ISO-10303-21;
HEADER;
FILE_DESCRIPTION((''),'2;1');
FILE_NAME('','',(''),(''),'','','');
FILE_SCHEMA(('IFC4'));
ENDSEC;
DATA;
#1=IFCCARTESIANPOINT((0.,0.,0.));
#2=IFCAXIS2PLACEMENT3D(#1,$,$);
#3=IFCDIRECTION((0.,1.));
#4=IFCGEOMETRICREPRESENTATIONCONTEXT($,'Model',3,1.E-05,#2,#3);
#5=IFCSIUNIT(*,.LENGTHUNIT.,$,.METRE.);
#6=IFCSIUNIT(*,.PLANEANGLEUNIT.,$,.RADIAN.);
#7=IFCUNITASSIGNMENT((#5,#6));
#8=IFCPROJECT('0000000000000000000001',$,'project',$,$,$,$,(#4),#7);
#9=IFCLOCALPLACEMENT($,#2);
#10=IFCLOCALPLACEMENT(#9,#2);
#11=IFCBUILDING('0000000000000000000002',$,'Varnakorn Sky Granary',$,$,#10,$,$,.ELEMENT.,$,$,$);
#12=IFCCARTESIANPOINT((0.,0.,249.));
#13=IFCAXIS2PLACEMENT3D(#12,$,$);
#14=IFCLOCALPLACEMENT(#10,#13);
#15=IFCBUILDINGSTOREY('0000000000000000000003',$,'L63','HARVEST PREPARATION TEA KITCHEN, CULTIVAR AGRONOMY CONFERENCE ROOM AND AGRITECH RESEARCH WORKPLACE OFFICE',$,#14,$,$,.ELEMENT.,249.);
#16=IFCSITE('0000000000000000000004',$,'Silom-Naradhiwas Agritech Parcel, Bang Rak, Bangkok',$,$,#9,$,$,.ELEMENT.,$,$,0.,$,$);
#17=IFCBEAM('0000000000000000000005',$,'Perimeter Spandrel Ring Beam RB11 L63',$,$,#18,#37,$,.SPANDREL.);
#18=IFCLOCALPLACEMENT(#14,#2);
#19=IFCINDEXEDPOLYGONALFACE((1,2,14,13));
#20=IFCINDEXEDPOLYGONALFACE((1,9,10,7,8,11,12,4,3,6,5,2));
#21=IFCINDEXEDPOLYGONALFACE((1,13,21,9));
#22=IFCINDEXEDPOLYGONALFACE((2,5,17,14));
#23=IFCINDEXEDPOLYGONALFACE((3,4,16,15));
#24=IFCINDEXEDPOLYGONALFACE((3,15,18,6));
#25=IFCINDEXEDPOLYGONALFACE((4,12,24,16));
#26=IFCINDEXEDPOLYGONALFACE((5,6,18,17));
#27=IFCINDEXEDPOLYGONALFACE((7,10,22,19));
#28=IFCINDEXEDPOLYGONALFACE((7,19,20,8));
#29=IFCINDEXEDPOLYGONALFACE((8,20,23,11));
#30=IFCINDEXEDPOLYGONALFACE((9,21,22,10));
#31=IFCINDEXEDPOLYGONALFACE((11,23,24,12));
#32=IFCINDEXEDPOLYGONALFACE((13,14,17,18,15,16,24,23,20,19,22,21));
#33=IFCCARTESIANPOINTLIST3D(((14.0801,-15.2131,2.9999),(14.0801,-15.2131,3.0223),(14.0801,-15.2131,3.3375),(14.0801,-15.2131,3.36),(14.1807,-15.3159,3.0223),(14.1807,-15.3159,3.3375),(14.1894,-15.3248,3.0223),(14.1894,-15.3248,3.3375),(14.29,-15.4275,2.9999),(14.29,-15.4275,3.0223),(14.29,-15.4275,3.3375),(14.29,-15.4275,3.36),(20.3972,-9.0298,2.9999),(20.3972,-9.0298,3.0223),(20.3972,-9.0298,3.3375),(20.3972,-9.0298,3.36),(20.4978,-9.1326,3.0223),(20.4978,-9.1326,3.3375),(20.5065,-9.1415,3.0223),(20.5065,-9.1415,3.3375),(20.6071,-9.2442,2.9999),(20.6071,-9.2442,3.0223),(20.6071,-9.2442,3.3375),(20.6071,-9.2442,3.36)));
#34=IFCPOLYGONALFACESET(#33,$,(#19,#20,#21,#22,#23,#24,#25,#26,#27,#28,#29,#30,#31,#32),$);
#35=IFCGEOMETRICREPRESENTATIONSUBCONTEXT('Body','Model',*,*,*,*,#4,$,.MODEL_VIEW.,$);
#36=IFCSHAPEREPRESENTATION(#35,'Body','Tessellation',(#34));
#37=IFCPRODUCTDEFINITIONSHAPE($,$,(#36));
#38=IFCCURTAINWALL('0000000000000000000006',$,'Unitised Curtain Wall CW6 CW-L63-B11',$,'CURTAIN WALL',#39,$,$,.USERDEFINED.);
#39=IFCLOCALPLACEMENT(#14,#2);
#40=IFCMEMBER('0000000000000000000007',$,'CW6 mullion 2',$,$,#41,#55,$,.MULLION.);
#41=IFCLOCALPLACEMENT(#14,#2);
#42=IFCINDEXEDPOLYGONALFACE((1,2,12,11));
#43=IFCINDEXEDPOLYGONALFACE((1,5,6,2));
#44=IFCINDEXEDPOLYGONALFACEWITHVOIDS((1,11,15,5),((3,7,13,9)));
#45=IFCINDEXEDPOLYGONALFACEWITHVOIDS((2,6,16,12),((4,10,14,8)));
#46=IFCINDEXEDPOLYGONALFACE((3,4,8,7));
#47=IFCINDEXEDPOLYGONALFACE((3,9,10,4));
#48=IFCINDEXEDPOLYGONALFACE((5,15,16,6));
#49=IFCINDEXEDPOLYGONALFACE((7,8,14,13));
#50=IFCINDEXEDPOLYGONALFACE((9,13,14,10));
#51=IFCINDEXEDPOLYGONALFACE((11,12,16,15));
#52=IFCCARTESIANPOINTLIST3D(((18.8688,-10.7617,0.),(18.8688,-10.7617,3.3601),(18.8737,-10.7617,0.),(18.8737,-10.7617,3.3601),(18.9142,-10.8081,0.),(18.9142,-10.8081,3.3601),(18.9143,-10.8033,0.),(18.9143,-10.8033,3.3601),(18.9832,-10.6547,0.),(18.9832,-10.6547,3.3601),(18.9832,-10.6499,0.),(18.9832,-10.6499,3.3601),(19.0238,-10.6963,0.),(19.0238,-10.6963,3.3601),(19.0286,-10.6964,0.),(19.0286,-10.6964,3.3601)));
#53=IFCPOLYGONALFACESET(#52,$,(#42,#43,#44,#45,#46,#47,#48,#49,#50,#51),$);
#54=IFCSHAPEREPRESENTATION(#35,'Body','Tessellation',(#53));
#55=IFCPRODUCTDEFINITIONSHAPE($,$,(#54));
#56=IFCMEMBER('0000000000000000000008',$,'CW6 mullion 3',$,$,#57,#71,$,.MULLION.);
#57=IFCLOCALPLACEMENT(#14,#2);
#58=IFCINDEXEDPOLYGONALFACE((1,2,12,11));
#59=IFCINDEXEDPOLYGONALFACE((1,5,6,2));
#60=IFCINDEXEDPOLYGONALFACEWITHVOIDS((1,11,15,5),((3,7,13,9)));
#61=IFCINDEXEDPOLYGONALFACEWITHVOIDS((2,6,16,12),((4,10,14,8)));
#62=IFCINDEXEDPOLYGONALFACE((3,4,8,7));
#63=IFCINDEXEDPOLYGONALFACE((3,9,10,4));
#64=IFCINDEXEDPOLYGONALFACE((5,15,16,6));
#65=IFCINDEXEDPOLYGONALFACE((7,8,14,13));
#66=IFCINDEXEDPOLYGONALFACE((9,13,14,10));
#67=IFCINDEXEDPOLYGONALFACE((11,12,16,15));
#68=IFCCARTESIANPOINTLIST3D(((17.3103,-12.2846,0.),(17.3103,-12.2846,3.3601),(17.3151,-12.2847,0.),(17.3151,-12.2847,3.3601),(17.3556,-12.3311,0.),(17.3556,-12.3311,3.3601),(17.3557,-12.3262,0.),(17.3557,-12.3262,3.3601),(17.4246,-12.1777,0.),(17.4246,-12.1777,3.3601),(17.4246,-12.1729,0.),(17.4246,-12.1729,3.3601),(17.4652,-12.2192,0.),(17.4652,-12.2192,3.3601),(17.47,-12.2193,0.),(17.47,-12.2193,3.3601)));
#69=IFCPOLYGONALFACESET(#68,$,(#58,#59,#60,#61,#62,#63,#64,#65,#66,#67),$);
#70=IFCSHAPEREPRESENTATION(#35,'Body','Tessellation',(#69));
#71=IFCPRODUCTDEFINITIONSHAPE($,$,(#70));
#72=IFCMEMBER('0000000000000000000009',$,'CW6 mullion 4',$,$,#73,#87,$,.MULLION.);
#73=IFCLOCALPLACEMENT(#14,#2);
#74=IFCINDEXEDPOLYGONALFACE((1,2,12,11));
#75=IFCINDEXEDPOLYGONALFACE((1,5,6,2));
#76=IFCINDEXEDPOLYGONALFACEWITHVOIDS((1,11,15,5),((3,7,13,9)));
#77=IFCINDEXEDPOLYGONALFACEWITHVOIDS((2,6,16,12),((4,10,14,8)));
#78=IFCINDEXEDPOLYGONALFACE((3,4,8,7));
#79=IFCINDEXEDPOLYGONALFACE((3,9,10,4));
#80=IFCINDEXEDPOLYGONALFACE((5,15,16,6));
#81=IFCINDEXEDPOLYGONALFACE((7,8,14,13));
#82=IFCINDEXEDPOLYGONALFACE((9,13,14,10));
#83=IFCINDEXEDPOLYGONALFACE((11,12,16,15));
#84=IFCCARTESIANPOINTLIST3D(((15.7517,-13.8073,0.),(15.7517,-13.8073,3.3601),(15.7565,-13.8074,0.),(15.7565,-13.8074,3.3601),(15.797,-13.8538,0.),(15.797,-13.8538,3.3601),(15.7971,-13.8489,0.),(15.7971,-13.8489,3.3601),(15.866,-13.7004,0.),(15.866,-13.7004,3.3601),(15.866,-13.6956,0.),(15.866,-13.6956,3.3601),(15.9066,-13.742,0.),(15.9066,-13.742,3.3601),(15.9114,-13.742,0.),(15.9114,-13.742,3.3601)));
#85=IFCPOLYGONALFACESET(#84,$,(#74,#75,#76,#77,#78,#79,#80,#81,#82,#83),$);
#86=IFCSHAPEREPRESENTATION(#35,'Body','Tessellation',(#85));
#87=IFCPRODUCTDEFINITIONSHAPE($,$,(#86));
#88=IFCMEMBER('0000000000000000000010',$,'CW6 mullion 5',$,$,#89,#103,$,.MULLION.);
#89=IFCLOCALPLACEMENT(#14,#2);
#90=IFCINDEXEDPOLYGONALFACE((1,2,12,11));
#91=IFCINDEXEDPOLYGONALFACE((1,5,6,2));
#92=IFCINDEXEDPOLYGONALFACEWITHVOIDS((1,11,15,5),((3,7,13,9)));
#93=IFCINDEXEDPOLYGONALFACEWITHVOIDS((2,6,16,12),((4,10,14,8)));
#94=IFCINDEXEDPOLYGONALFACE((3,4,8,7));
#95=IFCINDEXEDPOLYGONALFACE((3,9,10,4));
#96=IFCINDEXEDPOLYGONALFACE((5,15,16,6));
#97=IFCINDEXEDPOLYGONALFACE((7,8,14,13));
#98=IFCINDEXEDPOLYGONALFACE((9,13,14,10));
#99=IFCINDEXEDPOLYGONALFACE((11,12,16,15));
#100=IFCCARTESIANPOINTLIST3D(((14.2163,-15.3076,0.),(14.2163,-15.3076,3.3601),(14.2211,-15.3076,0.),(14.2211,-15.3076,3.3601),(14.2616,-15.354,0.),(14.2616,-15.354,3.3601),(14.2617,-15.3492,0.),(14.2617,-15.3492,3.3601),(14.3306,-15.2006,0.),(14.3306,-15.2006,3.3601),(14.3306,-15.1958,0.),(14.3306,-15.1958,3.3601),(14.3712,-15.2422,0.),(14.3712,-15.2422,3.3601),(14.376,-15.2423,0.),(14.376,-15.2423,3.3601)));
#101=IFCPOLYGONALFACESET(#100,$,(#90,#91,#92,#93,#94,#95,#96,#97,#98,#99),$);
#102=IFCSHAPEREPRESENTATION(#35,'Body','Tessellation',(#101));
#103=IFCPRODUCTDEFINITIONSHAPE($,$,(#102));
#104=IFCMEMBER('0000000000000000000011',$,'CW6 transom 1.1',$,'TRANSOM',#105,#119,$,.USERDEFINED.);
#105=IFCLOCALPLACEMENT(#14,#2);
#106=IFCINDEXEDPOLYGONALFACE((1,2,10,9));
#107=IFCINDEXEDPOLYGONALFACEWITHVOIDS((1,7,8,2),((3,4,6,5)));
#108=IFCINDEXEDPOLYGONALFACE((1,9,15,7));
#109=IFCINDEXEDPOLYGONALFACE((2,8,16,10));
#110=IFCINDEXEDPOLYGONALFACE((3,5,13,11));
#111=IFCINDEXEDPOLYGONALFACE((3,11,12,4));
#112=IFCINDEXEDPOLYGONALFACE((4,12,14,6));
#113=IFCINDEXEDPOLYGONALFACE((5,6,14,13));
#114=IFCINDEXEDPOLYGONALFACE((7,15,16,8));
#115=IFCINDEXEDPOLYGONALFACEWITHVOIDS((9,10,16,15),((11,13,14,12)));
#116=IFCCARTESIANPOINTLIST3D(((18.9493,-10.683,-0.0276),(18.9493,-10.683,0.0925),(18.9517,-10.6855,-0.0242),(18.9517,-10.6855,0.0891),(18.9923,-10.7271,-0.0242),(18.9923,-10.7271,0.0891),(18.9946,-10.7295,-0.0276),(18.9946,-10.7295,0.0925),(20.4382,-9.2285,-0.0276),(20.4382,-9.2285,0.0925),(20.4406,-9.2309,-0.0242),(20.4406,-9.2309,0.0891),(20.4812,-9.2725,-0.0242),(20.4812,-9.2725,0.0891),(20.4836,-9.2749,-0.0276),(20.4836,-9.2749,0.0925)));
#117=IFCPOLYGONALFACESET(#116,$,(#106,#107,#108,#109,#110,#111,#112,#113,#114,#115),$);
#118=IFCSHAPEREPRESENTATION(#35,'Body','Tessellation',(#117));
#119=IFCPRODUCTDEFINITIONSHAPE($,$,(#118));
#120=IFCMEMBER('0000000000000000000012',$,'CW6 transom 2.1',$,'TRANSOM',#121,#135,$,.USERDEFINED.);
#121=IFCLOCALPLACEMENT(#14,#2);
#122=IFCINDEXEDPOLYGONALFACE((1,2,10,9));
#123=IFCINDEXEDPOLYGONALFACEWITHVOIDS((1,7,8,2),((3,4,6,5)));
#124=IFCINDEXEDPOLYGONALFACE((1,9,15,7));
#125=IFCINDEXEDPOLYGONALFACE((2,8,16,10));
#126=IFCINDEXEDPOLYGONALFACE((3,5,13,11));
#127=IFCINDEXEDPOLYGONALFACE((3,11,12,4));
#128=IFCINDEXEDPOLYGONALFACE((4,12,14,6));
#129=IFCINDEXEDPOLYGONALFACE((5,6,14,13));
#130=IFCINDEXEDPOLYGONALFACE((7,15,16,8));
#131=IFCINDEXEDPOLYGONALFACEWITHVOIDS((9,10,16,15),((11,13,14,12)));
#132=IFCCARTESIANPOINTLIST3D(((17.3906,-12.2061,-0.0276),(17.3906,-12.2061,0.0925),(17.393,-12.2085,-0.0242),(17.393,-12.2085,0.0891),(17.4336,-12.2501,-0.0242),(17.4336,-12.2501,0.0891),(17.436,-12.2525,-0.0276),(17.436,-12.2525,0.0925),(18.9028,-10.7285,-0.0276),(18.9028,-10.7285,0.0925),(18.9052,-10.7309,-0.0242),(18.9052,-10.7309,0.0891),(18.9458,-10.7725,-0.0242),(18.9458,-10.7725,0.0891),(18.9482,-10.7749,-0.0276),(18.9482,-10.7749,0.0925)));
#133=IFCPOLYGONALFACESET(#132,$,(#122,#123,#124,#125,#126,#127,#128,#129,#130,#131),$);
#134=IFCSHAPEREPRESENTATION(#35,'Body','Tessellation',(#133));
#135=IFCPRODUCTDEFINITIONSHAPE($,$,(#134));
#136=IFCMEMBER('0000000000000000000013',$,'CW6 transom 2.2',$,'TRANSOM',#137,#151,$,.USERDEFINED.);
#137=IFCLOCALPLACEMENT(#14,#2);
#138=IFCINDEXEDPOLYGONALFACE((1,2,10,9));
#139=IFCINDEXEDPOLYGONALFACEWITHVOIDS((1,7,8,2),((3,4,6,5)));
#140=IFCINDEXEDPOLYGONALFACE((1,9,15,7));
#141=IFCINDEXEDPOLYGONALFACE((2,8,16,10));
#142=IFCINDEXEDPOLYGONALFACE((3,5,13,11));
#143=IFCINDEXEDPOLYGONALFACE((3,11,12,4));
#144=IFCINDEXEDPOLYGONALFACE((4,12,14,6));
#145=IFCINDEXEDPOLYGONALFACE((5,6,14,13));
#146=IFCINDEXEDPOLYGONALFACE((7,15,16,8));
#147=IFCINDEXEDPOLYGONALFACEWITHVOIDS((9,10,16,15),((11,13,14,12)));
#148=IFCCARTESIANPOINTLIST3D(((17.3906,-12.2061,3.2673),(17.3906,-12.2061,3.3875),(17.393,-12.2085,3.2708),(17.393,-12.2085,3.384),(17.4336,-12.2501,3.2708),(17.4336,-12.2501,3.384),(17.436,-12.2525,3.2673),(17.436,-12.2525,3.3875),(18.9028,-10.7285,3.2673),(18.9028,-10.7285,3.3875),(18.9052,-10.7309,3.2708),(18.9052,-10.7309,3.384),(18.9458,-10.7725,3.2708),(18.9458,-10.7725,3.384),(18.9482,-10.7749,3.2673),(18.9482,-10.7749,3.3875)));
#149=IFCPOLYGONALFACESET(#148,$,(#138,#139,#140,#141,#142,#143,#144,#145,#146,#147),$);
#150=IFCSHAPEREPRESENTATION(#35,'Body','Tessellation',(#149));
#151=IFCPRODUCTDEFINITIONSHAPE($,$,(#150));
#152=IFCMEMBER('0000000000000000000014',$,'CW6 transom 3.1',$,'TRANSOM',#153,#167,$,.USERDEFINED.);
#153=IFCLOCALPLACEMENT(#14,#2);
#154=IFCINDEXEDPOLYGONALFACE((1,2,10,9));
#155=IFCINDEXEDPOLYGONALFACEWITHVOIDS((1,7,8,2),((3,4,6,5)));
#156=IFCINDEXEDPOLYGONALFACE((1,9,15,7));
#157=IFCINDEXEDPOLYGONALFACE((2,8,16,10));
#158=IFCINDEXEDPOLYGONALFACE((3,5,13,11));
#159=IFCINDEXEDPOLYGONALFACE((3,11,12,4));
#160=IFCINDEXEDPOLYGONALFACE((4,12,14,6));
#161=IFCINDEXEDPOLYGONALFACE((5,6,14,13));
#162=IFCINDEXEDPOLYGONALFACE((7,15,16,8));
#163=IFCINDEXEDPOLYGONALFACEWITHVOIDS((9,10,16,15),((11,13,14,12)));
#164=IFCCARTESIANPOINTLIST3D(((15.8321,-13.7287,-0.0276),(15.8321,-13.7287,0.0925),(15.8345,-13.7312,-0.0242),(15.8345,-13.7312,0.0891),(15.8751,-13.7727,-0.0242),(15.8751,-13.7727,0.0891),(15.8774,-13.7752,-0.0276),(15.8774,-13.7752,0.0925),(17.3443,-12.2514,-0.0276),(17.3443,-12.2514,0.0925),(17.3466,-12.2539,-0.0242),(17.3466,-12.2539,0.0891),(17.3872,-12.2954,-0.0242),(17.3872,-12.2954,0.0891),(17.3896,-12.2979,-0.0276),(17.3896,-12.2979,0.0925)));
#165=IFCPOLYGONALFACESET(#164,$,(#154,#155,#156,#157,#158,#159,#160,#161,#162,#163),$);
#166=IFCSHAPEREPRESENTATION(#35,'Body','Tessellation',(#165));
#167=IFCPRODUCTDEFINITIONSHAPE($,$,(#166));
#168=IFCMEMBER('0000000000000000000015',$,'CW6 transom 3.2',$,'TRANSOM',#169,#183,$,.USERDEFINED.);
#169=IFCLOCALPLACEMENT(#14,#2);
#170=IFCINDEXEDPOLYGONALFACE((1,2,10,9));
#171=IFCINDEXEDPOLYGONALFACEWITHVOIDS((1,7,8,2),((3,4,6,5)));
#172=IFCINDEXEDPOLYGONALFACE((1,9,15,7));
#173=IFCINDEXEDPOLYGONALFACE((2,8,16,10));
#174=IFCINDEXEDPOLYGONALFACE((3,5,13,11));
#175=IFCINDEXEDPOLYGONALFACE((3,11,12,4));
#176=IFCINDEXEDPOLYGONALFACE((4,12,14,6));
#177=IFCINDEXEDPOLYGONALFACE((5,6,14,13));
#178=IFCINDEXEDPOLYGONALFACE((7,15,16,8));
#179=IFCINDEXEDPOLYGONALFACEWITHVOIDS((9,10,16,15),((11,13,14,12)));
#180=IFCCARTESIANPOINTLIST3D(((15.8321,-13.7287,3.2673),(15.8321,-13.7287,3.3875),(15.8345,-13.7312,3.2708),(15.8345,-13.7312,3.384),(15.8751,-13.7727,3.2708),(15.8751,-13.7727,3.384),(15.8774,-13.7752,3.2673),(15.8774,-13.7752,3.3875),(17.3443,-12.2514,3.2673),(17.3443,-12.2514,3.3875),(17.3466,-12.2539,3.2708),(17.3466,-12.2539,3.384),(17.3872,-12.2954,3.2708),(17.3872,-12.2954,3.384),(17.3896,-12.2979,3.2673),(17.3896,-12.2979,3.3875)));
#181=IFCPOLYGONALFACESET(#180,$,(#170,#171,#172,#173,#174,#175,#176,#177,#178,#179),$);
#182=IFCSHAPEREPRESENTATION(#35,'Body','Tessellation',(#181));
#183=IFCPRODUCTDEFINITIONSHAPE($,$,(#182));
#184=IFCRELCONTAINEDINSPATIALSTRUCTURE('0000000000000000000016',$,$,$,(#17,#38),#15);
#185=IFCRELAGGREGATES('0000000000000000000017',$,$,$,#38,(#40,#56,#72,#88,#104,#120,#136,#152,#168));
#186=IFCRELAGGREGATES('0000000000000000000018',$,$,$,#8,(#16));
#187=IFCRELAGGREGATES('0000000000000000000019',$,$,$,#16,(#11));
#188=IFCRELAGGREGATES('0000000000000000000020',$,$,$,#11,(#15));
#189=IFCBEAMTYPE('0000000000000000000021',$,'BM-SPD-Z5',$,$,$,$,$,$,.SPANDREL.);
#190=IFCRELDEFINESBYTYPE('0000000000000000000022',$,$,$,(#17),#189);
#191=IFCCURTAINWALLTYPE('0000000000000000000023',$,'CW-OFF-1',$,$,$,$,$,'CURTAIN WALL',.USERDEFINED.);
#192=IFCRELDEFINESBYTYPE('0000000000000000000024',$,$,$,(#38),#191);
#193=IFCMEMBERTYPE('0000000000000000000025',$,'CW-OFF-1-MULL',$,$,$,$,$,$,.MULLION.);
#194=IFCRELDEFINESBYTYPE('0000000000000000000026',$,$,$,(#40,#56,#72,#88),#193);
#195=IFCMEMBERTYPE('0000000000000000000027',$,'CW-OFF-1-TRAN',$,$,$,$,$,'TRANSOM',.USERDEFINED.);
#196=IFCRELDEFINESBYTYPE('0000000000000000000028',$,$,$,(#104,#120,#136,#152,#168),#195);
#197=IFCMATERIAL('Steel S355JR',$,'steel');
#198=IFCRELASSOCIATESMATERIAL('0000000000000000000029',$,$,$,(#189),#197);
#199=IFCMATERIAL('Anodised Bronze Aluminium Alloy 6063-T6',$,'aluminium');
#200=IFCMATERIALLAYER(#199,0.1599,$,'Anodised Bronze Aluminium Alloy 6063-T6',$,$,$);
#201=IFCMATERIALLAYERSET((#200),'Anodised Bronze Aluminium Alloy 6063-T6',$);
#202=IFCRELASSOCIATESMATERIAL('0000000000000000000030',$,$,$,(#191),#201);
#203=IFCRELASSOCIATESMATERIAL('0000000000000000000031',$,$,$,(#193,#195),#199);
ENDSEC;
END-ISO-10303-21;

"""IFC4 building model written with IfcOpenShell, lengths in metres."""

from ifc_helpers import new_model, si_unit, direction, frame, origin, origin_2d, place, context, subcontext, project, spatial, hollow_rectangle, i_section, extrude, material, layer, layer_set, material_profile, profile_set, type_object, element, aggregate, save


model = new_model("IFC4")

# Units and contexts
model_context = context("Model", 3, precision=1e-05, world=origin(), true_north=direction((0.0, 1.0)))
body_context = subcontext(model_context, "Body", "Model", "MODEL_VIEW")
ifc_project = project(units=[si_unit("LENGTHUNIT", "METRE"), si_unit("PLANEANGLEUNIT", "RADIAN")], contexts=[model_context])

# Site, building, storey
site_placement = place(None, origin())
site = spatial("IfcSite", under=ifc_project, at=site_placement, Name="Silom-Naradhiwas Agritech Parcel, Bang Rak, Bangkok", CompositionType="ELEMENT", RefElevation=0.0)
building_placement = place(site_placement, origin())
building = spatial("IfcBuilding", under=site, at=building_placement, Name="Varnakorn Sky Granary", CompositionType="ELEMENT")
storey_placement = place(building_placement, frame((0.0, 0.0, 249.0)))
storey = spatial("IfcBuildingStorey", under=building, at=storey_placement, Name="L63", Description="HARVEST PREPARATION TEA KITCHEN, CULTIVAR AGRONOMY CONFERENCE ROOM AND AGRITECH RESEARCH WORKPLACE OFFICE", CompositionType="ELEMENT", Elevation=249.0)

# Beam
ifc_material_1 = material(Name="Steel S355JR", Category="steel")
ifc_material_profile_1 = material_profile(ifc_material_1, i_section(OverallWidth=0.3, OverallDepth=0.3601, WebThickness=0.0125, FlangeThickness=0.0225, at=origin_2d()), Name="HE 360 B")
ifc_profile_set_1 = profile_set([ifc_material_profile_1], Name="Steel S355JR")
beam_type = type_object("IfcBeamType", Name="BM-SPD-Z5", PredefinedType="SPANDREL", material=ifc_profile_set_1)
beam_placement = place(storey_placement, frame((14.1851, -15.3203, 3.1799), z_axis=(0.714634, 0.699499, 0.0), x_axis=(-0.699499, 0.714634, 0.0)))
element("IfcBeam", 1, at=beam_placement, inside=storey, type_object=beam_type, Name="Perimeter Spandrel Ring Beam RB11 L63", PredefinedType="SPANDREL", context=body_context, shape_type="SweptSolid", body=[
    extrude(i_section(OverallWidth=0.3, OverallDepth=0.3601, WebThickness=0.0125, FlangeThickness=0.0225, at=origin_2d()), origin(), (0.0, 0.0, 1.0), 8.8396),
])

# Curtain wall, members
ifc_material_2 = material(Name="Anodised Bronze Aluminium Alloy 6063-T6", Category="aluminium")
ifc_layer_1 = layer(ifc_material_2, 0.1599, Name="Anodised Bronze Aluminium Alloy 6063-T6")
ifc_layer_set_1 = layer_set([ifc_layer_1], Name="Anodised Bronze Aluminium Alloy 6063-T6")
curtain_wall_type = type_object("IfcCurtainWallType", Name="CW-OFF-1", ElementType="CURTAIN WALL", PredefinedType="USERDEFINED", material=ifc_layer_set_1)
curtain_wall_placement = place(storey_placement, origin())
curtain_wall = element("IfcCurtainWall", 2, at=curtain_wall_placement, inside=storey, type_object=curtain_wall_type, Name="Unitised Curtain Wall CW6 CW-L63-B11", ObjectType="CURTAIN WALL", PredefinedType="USERDEFINED")
ifc_material_profile_2 = material_profile(ifc_material_2, hollow_rectangle(XDim=0.0649, YDim=0.1599, WallThickness=0.0034, at=origin_2d()), Name="ALU MULL 65x160")
ifc_profile_set_2 = profile_set([ifc_material_profile_2], Name="Anodised Bronze Aluminium Alloy 6063-T6")
member_type_1 = type_object("IfcMemberType", Name="CW-OFF-1-MULL", PredefinedType="MULLION", material=ifc_profile_set_2)
member_1_placement = place(storey_placement, frame((18.9487, -10.729, 0.0), z_axis=(0.0, 0.0, 1.0), x_axis=(0.698833, -0.715285, 0.0)))
member_1 = element("IfcMember", 3, at=member_1_placement, type_object=member_type_1, Name="CW6 mullion 2", PredefinedType="MULLION", context=body_context, shape_type="SweptSolid", body=[
    extrude(hollow_rectangle(XDim=0.0649, YDim=0.1599, WallThickness=0.0034, at=origin_2d()), origin(), (0.0, 0.0, 1.0), 3.3601),
])
member_2_placement = place(storey_placement, frame((17.3901, -12.252, 0.0), z_axis=(0.0, 0.0, 1.0), x_axis=(0.698833, -0.715285, 0.0)))
member_2 = element("IfcMember", 4, at=member_2_placement, type_object=member_type_1, Name="CW6 mullion 3", PredefinedType="MULLION", context=body_context, shape_type="SweptSolid", body=[
    extrude(hollow_rectangle(XDim=0.0649, YDim=0.1599, WallThickness=0.0034, at=origin_2d()), origin(), (0.0, 0.0, 1.0), 3.3601),
])
member_3_placement = place(storey_placement, frame((15.8315, -13.7747, 0.0), z_axis=(0.0, 0.0, 1.0), x_axis=(0.698833, -0.715285, 0.0)))
member_3 = element("IfcMember", 5, at=member_3_placement, type_object=member_type_1, Name="CW6 mullion 4", PredefinedType="MULLION", context=body_context, shape_type="SweptSolid", body=[
    extrude(hollow_rectangle(XDim=0.0649, YDim=0.1599, WallThickness=0.0034, at=origin_2d()), origin(), (0.0, 0.0, 1.0), 3.3601),
])
member_4_placement = place(storey_placement, frame((14.2961, -15.2749, 0.0), z_axis=(0.0, 0.0, 1.0), x_axis=(0.698833, -0.715285, 0.0)))
member_4 = element("IfcMember", 6, at=member_4_placement, type_object=member_type_1, Name="CW6 mullion 5", PredefinedType="MULLION", context=body_context, shape_type="SweptSolid", body=[
    extrude(hollow_rectangle(XDim=0.0649, YDim=0.1599, WallThickness=0.0034, at=origin_2d()), origin(), (0.0, 0.0, 1.0), 3.3601),
])
ifc_material_profile_3 = material_profile(ifc_material_2, hollow_rectangle(XDim=0.0649, YDim=0.1201, WallThickness=0.0034, at=origin_2d()), Name="ALU TRAN 65x120")
ifc_profile_set_3 = profile_set([ifc_material_profile_3], Name="Anodised Bronze Aluminium Alloy 6063-T6")
member_type_2 = type_object("IfcMemberType", Name="CW-OFF-1-TRAN", ElementType="TRANSOM", PredefinedType="USERDEFINED", material=ifc_profile_set_3)
member_5_placement = place(storey_placement, frame((20.4609, -9.2517, 0.0325), z_axis=(-0.715327, -0.69879, 0.0), x_axis=(0.69879, -0.715327, 0.0)))
member_5 = element("IfcMember", 7, at=member_5_placement, type_object=member_type_2, Name="CW6 transom 1.1", ObjectType="TRANSOM", PredefinedType="USERDEFINED", context=body_context, shape_type="SweptSolid", body=[
    extrude(hollow_rectangle(XDim=0.0649, YDim=0.1201, WallThickness=0.0034, at=origin_2d()), origin(), (0.0, 0.0, 1.0), 2.0815),
])
member_6_placement = place(storey_placement, frame((18.9255, -10.7517, 0.0325), z_axis=(-0.715258, -0.69886, 0.0), x_axis=(0.69886, -0.715258, 0.0)))
member_6 = element("IfcMember", 8, at=member_6_placement, type_object=member_type_2, Name="CW6 transom 2.1", ObjectType="TRANSOM", PredefinedType="USERDEFINED", context=body_context, shape_type="SweptSolid", body=[
    extrude(hollow_rectangle(XDim=0.0649, YDim=0.1201, WallThickness=0.0034, at=origin_2d()), origin(), (0.0, 0.0, 1.0), 2.1143),
])
member_7_placement = place(storey_placement, frame((18.9255, -10.7517, 3.3274), z_axis=(-0.715258, -0.69886, 0.0), x_axis=(0.69886, -0.715258, 0.0)))
member_7 = element("IfcMember", 9, at=member_7_placement, type_object=member_type_2, Name="CW6 transom 2.2", ObjectType="TRANSOM", PredefinedType="USERDEFINED", context=body_context, shape_type="SweptSolid", body=[
    extrude(hollow_rectangle(XDim=0.0649, YDim=0.1201, WallThickness=0.0034, at=origin_2d()), origin(), (0.0, 0.0, 1.0), 2.1143),
])
member_8_placement = place(storey_placement, frame((17.3669, -12.2747, 0.0325), z_axis=(-0.715316, -0.698801, 0.0), x_axis=(0.698801, -0.715316, 0.0)))
member_8 = element("IfcMember", 10, at=member_8_placement, type_object=member_type_2, Name="CW6 transom 3.1", ObjectType="TRANSOM", PredefinedType="USERDEFINED", context=body_context, shape_type="SweptSolid", body=[
    extrude(hollow_rectangle(XDim=0.0649, YDim=0.1201, WallThickness=0.0034, at=origin_2d()), origin(), (0.0, 0.0, 1.0), 2.114),
])
member_9_placement = place(storey_placement, frame((17.3669, -12.2747, 3.3274), z_axis=(-0.715316, -0.698801, 0.0), x_axis=(0.698801, -0.715316, 0.0)))
member_9 = element("IfcMember", 11, at=member_9_placement, type_object=member_type_2, Name="CW6 transom 3.2", ObjectType="TRANSOM", PredefinedType="USERDEFINED", context=body_context, shape_type="SweptSolid", body=[
    extrude(hollow_rectangle(XDim=0.0649, YDim=0.1201, WallThickness=0.0034, at=origin_2d()), origin(), (0.0, 0.0, 1.0), 2.114),
])

aggregate(curtain_wall, [member_1, member_2, member_3, member_4, member_5, member_6, member_7, member_8, member_9])

save(model, "model.ifc")
